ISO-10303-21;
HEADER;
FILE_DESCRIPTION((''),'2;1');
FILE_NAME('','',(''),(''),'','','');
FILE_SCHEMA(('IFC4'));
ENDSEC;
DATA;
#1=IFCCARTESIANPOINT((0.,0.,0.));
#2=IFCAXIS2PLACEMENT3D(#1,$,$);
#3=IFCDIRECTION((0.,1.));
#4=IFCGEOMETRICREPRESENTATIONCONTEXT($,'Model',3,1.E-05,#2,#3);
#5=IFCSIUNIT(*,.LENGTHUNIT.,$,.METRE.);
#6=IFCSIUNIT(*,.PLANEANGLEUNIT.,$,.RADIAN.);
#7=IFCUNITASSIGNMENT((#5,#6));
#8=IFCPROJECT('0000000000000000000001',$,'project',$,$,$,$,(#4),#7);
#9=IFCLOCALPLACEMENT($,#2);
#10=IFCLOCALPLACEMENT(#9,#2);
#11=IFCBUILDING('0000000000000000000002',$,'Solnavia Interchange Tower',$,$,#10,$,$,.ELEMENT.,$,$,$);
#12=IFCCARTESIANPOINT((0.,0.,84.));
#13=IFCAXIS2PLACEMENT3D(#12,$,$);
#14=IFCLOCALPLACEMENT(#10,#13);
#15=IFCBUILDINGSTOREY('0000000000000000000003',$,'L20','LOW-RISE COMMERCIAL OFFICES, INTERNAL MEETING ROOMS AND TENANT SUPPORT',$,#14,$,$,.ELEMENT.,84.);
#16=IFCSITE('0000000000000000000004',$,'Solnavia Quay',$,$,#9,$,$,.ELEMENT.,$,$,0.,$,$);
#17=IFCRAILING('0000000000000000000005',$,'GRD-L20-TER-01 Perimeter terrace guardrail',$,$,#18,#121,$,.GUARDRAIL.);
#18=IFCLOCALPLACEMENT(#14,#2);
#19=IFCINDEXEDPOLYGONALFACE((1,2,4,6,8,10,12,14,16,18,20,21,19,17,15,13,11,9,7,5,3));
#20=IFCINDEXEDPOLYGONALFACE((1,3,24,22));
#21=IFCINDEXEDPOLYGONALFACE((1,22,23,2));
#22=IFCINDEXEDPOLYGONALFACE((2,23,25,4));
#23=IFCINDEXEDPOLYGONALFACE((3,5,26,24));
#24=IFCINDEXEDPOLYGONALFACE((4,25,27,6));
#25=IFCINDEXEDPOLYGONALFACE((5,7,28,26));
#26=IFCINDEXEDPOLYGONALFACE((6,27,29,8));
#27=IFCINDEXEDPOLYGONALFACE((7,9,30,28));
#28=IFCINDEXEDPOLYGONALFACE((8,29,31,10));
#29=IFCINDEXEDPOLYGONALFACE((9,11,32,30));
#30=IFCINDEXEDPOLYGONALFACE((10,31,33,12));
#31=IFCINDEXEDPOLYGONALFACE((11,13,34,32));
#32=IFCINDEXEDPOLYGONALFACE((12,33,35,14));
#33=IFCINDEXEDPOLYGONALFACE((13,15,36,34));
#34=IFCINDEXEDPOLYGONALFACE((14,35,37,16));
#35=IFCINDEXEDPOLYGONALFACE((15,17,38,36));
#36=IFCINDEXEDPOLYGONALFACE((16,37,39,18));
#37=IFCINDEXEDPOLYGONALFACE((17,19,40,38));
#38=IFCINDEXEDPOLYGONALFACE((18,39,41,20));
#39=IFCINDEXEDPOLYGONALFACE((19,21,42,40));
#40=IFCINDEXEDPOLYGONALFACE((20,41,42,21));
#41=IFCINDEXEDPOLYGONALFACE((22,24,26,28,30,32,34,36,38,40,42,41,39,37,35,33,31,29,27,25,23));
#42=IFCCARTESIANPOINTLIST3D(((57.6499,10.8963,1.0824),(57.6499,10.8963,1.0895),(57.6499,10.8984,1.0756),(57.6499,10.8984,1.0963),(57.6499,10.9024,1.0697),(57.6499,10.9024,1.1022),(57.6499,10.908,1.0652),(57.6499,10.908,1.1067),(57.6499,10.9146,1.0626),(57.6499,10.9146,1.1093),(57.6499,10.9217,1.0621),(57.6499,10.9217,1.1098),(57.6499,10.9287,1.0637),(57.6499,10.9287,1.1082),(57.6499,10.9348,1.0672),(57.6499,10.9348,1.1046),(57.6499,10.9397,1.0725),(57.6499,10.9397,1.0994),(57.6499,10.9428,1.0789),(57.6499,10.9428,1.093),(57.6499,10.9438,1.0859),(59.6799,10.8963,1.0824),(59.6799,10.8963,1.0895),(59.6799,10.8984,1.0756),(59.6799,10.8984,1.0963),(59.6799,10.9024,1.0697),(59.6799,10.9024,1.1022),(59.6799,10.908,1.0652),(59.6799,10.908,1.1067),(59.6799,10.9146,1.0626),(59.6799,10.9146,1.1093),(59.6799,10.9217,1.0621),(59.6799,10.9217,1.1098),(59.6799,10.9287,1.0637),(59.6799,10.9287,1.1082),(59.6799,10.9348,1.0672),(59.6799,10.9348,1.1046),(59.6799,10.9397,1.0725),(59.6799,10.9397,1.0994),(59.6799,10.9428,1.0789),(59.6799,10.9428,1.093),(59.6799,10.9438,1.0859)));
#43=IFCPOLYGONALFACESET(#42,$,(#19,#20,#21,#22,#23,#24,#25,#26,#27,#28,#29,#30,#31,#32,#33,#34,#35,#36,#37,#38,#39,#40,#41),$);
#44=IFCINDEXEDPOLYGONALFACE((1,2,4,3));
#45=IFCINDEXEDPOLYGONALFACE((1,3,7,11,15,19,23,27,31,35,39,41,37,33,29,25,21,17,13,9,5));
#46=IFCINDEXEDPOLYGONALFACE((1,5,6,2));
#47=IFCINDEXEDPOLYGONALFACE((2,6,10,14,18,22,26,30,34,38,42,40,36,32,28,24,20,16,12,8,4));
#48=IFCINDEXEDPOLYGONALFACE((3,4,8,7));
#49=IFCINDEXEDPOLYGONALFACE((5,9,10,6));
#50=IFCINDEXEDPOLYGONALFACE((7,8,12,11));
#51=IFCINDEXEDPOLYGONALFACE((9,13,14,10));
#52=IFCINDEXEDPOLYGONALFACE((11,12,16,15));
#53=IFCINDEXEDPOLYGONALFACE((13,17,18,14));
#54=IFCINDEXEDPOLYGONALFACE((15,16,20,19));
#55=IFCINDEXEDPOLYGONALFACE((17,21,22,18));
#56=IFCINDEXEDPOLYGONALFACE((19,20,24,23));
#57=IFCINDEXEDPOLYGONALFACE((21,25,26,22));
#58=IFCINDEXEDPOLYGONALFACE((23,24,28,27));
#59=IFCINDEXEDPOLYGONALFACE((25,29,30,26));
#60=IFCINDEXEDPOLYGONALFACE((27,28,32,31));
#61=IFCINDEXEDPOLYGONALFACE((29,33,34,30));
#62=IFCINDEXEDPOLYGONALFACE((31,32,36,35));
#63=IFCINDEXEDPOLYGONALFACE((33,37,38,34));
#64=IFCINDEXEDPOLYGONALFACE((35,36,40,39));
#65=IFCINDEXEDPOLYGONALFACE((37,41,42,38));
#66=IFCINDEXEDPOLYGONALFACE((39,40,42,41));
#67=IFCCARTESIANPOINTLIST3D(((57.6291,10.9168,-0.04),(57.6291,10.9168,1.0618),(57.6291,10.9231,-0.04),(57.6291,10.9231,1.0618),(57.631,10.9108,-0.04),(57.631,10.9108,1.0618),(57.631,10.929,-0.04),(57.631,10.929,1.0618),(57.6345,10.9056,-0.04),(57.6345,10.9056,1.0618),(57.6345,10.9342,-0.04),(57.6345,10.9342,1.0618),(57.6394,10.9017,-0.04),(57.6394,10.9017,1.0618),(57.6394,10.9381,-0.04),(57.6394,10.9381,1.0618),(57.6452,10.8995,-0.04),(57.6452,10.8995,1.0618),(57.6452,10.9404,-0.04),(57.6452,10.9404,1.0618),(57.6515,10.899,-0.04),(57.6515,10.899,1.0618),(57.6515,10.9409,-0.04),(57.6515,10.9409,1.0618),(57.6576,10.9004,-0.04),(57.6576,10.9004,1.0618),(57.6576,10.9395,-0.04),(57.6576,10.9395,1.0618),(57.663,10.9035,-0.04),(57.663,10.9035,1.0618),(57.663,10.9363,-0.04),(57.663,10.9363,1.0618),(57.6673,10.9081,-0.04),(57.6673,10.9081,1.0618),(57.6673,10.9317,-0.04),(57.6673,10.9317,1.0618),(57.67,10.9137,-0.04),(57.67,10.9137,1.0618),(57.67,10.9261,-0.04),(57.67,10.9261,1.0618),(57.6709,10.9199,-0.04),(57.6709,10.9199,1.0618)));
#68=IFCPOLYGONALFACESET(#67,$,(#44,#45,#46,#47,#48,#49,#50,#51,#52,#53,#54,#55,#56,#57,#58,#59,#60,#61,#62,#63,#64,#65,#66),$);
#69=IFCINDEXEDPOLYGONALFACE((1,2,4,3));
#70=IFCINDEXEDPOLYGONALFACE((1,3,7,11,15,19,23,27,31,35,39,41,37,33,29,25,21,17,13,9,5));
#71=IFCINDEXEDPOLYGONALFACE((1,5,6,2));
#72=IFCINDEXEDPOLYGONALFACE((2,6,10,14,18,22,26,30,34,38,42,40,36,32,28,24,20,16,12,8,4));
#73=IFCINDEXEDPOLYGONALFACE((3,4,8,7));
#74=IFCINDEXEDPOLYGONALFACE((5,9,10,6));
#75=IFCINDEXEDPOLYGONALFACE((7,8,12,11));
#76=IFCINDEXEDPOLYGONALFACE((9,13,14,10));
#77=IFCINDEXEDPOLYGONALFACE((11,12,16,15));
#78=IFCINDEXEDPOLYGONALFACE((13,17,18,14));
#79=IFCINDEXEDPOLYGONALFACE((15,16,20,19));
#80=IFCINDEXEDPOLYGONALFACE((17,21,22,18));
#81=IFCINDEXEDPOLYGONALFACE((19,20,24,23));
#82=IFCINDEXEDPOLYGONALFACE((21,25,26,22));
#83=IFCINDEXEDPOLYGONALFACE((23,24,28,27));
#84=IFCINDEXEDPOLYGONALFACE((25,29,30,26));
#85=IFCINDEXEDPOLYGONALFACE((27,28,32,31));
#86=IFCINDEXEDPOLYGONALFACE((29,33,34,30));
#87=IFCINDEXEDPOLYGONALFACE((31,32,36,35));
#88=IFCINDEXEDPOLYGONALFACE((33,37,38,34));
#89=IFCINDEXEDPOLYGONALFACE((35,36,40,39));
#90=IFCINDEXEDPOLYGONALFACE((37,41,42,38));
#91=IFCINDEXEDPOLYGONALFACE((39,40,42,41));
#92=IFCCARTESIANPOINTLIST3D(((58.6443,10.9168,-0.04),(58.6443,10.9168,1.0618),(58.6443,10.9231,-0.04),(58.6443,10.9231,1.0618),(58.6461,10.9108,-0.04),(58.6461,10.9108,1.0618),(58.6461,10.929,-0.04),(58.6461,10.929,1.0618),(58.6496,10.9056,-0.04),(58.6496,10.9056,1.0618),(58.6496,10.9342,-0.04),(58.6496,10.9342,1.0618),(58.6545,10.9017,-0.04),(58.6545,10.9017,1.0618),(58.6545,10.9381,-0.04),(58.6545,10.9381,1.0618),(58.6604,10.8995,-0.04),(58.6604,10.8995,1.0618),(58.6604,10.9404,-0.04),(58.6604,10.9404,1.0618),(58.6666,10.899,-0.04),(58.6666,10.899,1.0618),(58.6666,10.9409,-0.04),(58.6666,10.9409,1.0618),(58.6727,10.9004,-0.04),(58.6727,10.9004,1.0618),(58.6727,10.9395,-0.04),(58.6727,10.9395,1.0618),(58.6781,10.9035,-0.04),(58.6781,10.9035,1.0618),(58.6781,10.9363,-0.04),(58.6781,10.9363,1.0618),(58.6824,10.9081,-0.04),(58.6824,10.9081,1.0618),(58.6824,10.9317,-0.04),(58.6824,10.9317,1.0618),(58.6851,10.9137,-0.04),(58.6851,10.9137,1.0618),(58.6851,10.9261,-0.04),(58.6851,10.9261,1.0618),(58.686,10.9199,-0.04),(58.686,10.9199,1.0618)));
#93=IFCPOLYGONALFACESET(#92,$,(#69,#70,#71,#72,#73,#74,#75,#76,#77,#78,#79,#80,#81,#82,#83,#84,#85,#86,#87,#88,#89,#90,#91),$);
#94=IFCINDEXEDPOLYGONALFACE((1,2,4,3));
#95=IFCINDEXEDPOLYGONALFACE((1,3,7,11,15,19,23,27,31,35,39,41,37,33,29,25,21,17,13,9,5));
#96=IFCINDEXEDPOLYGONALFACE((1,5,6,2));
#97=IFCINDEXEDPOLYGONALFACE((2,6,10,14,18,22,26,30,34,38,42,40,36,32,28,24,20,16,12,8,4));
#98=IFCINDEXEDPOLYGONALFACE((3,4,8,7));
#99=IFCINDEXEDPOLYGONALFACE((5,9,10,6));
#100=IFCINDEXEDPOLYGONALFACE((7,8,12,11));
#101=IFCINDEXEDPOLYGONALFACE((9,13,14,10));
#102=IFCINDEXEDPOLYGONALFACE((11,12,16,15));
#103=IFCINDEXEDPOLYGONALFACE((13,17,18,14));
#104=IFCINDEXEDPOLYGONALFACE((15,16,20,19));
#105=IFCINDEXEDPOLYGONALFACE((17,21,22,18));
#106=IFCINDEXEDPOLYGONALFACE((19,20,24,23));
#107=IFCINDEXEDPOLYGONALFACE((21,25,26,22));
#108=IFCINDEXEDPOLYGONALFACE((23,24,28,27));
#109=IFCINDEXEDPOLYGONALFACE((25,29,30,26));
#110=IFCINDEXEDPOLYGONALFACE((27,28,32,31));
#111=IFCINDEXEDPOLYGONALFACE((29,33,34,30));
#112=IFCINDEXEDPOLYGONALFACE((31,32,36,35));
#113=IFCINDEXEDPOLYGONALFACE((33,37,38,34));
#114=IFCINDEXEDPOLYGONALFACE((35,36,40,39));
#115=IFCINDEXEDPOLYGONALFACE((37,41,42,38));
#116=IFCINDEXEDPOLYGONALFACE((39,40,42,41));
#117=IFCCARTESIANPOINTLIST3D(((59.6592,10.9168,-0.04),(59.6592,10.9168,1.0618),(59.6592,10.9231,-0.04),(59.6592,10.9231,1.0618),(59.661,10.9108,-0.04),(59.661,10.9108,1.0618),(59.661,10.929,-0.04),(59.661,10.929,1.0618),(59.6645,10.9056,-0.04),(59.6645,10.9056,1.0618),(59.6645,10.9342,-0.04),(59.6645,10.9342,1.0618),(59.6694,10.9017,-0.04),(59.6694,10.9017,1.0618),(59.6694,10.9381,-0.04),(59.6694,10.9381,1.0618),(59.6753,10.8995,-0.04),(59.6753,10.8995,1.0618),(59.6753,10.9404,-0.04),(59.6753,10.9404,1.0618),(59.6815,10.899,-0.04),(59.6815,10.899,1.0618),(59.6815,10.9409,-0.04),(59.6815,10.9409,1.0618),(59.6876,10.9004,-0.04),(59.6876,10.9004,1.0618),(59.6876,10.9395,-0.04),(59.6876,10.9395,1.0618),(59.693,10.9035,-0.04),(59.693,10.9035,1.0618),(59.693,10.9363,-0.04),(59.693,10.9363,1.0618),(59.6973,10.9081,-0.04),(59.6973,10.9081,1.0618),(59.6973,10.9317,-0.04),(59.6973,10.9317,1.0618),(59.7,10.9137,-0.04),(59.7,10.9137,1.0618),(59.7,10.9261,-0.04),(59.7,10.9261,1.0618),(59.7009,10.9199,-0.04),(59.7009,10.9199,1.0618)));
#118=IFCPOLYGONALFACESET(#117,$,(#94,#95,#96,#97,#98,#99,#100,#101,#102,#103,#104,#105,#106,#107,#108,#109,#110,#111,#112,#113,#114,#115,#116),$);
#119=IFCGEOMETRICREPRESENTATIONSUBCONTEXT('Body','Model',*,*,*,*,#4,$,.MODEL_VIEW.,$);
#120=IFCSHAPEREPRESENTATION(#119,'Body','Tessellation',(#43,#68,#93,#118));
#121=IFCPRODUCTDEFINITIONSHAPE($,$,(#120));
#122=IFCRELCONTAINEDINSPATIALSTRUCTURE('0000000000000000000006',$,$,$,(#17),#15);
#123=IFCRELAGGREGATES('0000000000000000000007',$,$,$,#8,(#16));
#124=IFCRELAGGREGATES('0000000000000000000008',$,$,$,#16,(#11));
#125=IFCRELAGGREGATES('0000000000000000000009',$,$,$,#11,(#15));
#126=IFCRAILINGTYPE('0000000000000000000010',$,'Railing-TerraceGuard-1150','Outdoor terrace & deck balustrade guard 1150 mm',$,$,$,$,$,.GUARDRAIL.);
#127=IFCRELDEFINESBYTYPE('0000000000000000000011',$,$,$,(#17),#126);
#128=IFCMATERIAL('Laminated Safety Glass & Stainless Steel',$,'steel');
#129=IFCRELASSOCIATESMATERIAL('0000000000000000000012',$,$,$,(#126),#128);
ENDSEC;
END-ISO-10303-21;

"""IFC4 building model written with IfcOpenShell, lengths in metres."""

from ifc_helpers import new_model, si_unit, direction, frame, origin, origin_2d, place, context, subcontext, project, spatial, circle, extrude, material, type_object, element, save


model = new_model("IFC4")

# Units and contexts
model_context = context("Model", 3, precision=1e-05, world=origin(), true_north=direction((0.0, 1.0)))
body_context = subcontext(model_context, "Body", "Model", "MODEL_VIEW")
ifc_project = project(units=[si_unit("LENGTHUNIT", "METRE"), si_unit("PLANEANGLEUNIT", "RADIAN")], contexts=[model_context])

# Site, building, storey
site_placement = place(None, origin())
site = spatial("IfcSite", under=ifc_project, at=site_placement, Name="Solnavia Quay", CompositionType="ELEMENT", RefElevation=0.0)
building_placement = place(site_placement, origin())
building = spatial("IfcBuilding", under=site, at=building_placement, Name="Solnavia Interchange Tower", CompositionType="ELEMENT")
storey_placement = place(building_placement, frame((0.0, 0.0, 84.0)))
storey = spatial("IfcBuildingStorey", under=building, at=storey_placement, Name="L20", Description="LOW-RISE COMMERCIAL OFFICES, INTERNAL MEETING ROOMS AND TENANT SUPPORT", CompositionType="ELEMENT", Elevation=84.0)

# Railing
ifc_material_1 = material(Name="Laminated Safety Glass & Stainless Steel", Category="steel")
railing_type = type_object("IfcRailingType", Name="Railing-TerraceGuard-1150", Description="Outdoor terrace & deck balustrade guard 1150 mm", PredefinedType="GUARDRAIL", material=ifc_material_1)
railing_1_placement = place(storey_placement, frame((57.6499, 10.9199, -0.04)))
element("IfcRailing", 1, at=railing_1_placement, inside=storey, type_object=railing_type, Name="GRD-L20-TER-01 Perimeter terrace guardrail", PredefinedType="GUARDRAIL", context=body_context, shape_type="SweptSolid", body=[
    extrude(circle(Radius=0.0239, at=origin_2d()), frame((0.0, 0.0, 1.126), z_axis=(1.0, 0.0, 0.0), x_axis=(0.0, 1.0, 0.0)), (0.0, 0.0, 1.0), 2.03),
    extrude(circle(Radius=0.021, at=origin_2d()), origin(), (0.0, 0.0, 1.0), 1.1018),
    extrude(circle(Radius=0.021, at=origin_2d()), frame((1.0151, 0.0, 0.0)), (0.0, 0.0, 1.0), 1.1018),
    extrude(circle(Radius=0.021, at=origin_2d()), frame((2.03, 0.0, 0.0)), (0.0, 0.0, 1.0), 1.1018),
])

save(model, "model.ifc")
